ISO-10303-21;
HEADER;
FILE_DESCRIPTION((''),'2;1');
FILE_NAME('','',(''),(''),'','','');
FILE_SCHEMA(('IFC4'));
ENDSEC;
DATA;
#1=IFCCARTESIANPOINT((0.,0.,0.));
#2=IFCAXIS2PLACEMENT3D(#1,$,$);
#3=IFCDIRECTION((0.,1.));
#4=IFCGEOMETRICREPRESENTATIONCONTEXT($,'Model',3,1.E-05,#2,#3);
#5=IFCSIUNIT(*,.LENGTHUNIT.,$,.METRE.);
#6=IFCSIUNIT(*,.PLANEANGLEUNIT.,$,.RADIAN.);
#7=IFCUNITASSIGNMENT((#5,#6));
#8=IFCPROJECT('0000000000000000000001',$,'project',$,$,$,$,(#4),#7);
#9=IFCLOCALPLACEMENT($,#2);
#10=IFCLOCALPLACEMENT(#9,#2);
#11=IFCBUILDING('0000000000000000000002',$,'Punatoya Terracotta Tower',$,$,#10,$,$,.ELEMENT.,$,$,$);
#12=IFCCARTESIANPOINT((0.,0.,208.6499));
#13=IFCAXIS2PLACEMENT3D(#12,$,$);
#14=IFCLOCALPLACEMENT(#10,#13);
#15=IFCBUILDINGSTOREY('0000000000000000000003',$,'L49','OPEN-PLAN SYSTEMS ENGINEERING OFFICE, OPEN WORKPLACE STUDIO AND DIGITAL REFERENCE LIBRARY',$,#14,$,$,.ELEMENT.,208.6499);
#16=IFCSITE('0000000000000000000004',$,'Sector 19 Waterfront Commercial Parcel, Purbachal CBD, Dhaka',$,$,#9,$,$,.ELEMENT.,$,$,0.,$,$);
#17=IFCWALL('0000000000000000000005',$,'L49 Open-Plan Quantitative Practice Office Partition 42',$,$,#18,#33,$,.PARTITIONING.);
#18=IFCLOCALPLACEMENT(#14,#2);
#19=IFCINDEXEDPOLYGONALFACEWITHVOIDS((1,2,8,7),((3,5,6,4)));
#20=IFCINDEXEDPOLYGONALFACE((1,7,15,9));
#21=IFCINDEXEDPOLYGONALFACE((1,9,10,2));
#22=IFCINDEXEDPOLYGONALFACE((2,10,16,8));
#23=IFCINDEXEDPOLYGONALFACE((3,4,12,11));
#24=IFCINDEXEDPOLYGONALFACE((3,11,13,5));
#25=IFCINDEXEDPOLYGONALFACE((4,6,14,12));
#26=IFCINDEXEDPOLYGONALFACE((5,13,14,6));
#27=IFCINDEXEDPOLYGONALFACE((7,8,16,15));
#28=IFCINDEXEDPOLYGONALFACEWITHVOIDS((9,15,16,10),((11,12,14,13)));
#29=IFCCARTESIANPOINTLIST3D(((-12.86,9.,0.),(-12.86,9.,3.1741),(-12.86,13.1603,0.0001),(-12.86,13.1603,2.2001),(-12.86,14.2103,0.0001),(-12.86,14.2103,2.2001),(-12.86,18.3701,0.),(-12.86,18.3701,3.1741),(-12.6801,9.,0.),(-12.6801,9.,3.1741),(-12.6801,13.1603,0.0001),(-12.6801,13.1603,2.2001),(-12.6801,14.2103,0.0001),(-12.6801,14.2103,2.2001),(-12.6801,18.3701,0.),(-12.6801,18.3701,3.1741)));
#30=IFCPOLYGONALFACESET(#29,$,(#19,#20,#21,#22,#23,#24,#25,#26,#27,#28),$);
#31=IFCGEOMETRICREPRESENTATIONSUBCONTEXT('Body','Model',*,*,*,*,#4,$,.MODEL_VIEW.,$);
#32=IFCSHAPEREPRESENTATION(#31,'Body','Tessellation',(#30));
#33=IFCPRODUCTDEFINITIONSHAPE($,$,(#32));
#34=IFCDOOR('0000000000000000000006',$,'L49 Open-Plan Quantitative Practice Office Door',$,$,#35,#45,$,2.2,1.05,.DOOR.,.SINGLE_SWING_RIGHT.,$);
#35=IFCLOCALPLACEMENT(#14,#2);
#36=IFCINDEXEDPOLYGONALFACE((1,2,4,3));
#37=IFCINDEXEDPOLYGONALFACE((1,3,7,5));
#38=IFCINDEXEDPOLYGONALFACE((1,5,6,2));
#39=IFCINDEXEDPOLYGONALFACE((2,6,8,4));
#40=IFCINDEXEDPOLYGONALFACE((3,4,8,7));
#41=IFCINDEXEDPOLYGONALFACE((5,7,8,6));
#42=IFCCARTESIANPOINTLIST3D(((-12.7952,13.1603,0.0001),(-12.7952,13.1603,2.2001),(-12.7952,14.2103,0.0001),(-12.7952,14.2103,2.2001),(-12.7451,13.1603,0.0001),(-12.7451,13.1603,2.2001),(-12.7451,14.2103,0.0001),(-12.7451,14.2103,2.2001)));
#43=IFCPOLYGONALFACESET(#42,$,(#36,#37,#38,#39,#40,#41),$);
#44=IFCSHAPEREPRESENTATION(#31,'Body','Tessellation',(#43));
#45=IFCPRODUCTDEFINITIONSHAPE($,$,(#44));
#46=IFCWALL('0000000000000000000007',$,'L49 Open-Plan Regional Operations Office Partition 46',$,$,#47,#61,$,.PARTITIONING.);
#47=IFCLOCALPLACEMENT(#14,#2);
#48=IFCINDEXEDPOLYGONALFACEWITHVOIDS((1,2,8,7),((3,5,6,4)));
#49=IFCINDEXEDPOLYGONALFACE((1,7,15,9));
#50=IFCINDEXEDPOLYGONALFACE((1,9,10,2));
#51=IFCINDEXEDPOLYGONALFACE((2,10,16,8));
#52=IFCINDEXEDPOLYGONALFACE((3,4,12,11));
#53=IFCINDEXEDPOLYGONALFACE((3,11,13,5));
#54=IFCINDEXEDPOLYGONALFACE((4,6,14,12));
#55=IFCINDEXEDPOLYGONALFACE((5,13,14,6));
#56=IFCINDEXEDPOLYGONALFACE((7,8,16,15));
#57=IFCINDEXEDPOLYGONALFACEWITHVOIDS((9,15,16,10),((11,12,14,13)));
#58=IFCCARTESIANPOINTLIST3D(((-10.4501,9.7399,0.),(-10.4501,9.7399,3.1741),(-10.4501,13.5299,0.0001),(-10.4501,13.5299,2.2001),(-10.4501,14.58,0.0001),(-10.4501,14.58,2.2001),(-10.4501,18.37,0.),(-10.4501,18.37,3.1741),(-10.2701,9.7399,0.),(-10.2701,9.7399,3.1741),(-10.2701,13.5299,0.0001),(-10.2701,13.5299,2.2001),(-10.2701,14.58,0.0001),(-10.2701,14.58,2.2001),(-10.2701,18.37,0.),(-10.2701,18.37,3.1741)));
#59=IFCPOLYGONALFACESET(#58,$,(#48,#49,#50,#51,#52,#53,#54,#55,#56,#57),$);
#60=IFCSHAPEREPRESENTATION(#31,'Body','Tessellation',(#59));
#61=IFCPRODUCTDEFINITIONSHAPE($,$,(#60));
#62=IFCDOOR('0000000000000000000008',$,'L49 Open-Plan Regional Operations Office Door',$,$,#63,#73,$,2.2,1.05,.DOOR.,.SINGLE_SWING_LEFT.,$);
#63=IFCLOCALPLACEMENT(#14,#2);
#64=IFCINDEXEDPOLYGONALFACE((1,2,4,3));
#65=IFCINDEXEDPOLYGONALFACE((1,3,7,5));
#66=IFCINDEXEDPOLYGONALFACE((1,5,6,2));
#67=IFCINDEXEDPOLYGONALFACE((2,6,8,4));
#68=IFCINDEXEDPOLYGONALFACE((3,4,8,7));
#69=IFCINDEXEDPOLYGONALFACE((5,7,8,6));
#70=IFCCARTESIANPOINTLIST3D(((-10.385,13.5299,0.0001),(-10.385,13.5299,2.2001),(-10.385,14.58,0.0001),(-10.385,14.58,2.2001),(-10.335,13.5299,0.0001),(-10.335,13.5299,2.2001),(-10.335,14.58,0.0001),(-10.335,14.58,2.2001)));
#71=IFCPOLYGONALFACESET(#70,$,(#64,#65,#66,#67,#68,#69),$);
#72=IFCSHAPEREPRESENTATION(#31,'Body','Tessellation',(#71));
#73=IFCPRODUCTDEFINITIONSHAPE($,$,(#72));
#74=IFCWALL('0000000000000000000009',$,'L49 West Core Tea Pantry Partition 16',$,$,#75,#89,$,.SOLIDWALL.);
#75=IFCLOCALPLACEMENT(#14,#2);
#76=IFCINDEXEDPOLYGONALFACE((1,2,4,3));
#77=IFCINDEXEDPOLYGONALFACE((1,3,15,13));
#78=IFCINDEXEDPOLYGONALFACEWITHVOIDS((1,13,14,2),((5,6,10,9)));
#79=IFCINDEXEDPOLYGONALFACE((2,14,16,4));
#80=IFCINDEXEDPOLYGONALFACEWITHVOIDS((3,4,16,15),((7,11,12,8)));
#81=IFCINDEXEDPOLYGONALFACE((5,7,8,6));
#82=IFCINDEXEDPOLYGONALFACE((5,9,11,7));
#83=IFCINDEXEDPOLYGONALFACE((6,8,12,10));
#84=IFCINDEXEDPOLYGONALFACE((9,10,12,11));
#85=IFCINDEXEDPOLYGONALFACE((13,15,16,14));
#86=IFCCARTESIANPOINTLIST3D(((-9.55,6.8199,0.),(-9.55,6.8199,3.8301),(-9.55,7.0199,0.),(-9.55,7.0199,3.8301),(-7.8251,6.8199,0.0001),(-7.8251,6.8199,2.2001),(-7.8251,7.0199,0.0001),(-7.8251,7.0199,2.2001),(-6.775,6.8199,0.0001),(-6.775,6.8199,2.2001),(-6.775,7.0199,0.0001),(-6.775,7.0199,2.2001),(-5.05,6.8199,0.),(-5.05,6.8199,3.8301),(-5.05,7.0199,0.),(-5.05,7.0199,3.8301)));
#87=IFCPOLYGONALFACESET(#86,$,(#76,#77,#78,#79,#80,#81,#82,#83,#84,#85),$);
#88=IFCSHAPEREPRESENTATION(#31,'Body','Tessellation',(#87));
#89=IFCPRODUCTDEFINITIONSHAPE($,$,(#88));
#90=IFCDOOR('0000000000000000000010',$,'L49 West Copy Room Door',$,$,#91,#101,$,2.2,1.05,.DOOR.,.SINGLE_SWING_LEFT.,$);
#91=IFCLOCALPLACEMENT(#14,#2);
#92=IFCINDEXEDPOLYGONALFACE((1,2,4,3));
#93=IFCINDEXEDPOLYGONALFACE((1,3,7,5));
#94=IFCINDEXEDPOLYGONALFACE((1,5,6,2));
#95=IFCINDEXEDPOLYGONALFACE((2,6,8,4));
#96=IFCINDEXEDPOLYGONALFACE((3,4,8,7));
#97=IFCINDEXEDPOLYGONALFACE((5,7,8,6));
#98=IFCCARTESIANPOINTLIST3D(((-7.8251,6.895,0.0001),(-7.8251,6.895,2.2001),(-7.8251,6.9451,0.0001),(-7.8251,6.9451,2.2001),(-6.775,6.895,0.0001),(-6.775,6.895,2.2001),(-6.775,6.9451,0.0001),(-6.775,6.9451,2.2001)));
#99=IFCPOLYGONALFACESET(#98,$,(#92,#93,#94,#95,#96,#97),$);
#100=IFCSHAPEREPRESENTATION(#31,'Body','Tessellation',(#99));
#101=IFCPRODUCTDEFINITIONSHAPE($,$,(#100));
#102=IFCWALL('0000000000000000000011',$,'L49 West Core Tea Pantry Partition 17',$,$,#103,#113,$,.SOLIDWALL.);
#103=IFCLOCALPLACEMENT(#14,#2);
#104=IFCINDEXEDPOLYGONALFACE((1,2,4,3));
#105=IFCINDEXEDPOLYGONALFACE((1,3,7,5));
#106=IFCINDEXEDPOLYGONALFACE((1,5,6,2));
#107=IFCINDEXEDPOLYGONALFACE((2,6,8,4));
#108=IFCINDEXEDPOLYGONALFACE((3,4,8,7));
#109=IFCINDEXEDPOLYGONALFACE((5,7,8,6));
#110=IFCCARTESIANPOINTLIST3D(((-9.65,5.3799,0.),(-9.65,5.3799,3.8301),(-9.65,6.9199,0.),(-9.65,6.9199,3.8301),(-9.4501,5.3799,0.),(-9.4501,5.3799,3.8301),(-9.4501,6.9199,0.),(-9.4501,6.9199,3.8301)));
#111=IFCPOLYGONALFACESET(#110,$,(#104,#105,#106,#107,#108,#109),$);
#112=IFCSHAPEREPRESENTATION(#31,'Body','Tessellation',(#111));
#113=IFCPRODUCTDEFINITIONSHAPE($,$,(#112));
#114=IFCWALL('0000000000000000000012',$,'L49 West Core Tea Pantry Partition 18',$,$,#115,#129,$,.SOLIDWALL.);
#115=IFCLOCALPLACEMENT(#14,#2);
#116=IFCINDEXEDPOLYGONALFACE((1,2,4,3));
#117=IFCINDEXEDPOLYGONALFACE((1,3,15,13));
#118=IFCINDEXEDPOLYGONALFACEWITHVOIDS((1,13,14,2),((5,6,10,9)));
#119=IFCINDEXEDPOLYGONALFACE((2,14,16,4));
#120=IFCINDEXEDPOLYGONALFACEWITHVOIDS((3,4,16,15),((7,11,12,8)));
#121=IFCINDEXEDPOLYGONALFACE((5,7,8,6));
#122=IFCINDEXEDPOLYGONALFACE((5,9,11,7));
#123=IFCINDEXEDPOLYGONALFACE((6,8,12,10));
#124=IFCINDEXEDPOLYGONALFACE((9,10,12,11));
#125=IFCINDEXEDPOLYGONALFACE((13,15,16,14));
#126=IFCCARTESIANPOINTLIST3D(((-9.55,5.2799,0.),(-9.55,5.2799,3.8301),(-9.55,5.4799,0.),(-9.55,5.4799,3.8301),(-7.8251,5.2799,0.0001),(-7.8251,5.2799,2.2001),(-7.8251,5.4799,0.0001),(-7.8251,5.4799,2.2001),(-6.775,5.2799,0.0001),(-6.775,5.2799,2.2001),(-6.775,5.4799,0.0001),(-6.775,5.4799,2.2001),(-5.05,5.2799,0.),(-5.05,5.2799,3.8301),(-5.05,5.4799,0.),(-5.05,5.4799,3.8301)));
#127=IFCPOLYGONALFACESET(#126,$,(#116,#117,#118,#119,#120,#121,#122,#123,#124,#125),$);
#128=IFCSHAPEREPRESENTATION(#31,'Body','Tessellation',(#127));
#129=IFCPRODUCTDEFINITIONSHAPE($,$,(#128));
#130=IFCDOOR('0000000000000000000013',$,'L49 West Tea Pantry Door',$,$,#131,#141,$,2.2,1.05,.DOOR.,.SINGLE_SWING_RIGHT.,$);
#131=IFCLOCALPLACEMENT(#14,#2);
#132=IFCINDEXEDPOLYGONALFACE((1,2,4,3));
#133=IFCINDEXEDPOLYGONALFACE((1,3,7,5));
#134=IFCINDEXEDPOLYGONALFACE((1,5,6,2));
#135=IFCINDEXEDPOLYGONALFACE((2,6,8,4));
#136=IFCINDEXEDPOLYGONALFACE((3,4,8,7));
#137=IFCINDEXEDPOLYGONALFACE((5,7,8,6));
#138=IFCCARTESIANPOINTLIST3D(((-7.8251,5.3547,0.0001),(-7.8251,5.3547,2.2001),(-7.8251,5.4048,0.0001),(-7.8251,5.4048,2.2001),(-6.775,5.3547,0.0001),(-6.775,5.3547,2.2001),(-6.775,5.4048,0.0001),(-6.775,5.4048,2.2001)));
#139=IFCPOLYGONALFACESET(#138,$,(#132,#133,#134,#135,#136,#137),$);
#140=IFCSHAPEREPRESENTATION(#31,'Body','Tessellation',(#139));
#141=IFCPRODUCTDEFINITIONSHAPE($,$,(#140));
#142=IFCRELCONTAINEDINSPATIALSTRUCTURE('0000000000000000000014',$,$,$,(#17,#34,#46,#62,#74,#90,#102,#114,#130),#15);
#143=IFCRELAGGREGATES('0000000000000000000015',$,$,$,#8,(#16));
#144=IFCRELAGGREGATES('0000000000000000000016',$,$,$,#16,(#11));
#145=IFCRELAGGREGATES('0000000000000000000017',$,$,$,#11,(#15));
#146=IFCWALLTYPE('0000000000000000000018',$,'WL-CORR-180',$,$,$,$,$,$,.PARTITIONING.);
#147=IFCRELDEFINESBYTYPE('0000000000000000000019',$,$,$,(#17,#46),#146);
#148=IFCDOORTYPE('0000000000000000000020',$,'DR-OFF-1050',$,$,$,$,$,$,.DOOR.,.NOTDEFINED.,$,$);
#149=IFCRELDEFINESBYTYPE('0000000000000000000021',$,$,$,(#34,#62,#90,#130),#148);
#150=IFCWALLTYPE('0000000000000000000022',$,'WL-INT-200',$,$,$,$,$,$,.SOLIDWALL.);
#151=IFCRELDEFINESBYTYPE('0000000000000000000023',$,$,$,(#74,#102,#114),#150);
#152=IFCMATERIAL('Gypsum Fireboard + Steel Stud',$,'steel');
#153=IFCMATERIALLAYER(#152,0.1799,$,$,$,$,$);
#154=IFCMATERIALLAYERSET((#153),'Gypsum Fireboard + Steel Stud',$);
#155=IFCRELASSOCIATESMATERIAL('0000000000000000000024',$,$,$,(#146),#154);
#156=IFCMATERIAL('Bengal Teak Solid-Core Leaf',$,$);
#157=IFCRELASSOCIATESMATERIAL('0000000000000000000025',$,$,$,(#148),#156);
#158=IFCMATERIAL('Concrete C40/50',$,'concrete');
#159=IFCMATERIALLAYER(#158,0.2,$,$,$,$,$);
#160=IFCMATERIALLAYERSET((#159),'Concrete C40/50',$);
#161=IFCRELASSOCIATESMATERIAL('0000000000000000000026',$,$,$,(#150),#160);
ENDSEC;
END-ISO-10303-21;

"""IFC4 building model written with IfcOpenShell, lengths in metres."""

from ifc_helpers import new_model, si_unit, direction, frame, frame_2d, origin, place, context, subcontext, project, spatial, rectangle, extrude, material, layer, layer_set, type_object, element, fill, save


model = new_model("IFC4")

# Units and contexts
model_context = context("Model", 3, precision=1e-05, world=origin(), true_north=direction((0.0, 1.0)))
body_context = subcontext(model_context, "Body", "Model", "MODEL_VIEW")
ifc_project = project(units=[si_unit("LENGTHUNIT", "METRE"), si_unit("PLANEANGLEUNIT", "RADIAN")], contexts=[model_context])

# Site, building, storey
site_placement = place(None, origin())
site = spatial("IfcSite", under=ifc_project, at=site_placement, Name="Sector 19 Waterfront Commercial Parcel, Purbachal CBD, Dhaka", CompositionType="ELEMENT", RefElevation=0.0)
building_placement = place(site_placement, origin())
building = spatial("IfcBuilding", under=site, at=building_placement, Name="Punatoya Terracotta Tower", CompositionType="ELEMENT")
storey_placement = place(building_placement, frame((0.0, 0.0, 208.6499)))
storey = spatial("IfcBuildingStorey", under=building, at=storey_placement, Name="L49", Description="OPEN-PLAN SYSTEMS ENGINEERING OFFICE, OPEN WORKPLACE STUDIO AND DIGITAL REFERENCE LIBRARY", CompositionType="ELEMENT", Elevation=208.6499)

# Shared definitions
ifc_material_1 = material(Name="Gypsum Fireboard + Steel Stud", Category="steel")
ifc_layer_1 = layer(ifc_material_1, 0.1799)
ifc_layer_set_1 = layer_set([ifc_layer_1], Name="Gypsum Fireboard + Steel Stud")
wall_type_1 = type_object("IfcWallType", Name="WL-CORR-180", PredefinedType="PARTITIONING", material=ifc_layer_set_1)

# Walls, openings, doors
wall_1_placement = place(storey_placement, frame((-12.77, 18.3701, 0.0), z_axis=(0.0, 0.0, 1.0), x_axis=(0.0, -1.0, 0.0)))
wall_1 = element("IfcWall", 1, at=wall_1_placement, inside=storey, type_object=wall_type_1, Name="L49 Open-Plan Quantitative Practice Office Partition 42", PredefinedType="PARTITIONING", context=body_context, shape_type="SweptSolid", body=[
    extrude(rectangle(XDim=9.3701, YDim=0.1799, at=frame_2d((4.6851, 0.0))), origin(), (0.0, 0.0, 1.0), 3.1741),
])
opening_1_placement = place(wall_1_placement, frame((4.1599, 0.0, 0.0)))
opening_1 = element("IfcOpeningElement", 2, at=opening_1_placement, cuts=wall_1, PredefinedType="OPENING", context=body_context, shape_type="SweptSolid", body=[
    extrude(rectangle(XDim=1.05, YDim=2.2, at=frame_2d((0.5249, 1.1001))), frame((0.0, 0.0999, 0.0), z_axis=(0.0, -1.0, 0.0), x_axis=(1.0, 0.0, 0.0)), (0.0, 0.0, 1.0), 0.2),
])
ifc_material_2 = material(Name="Bengal Teak Solid-Core Leaf")
door_type = type_object("IfcDoorType", Name="DR-OFF-1050", OperationType="NOTDEFINED", PredefinedType="DOOR", material=ifc_material_2)
door_1_placement = place(opening_1_placement, origin())
door_1 = element("IfcDoor", 3, at=door_1_placement, inside=storey, type_object=door_type, Name="L49 Open-Plan Quantitative Practice Office Door", OperationType="SINGLE_SWING_RIGHT", OverallHeight=2.2, OverallWidth=1.05, PredefinedType="DOOR", context=body_context, shape_type="SweptSolid", body=[
    extrude(rectangle(XDim=1.05, YDim=2.2, at=frame_2d((0.5249, 1.1001))), frame((0.0, 0.0249, 0.0), z_axis=(0.0, -1.0, 0.0), x_axis=(1.0, 0.0, 0.0)), (0.0, 0.0, 1.0), 0.05),
])
fill(opening_1, door_1)
wall_2_placement = place(storey_placement, frame((-10.3601, 9.74, 0.0), z_axis=(0.0, 0.0, 1.0), x_axis=(0.0, 1.0, 0.0)))
wall_2 = element("IfcWall", 4, at=wall_2_placement, inside=storey, type_object=wall_type_1, Name="L49 Open-Plan Regional Operations Office Partition 46", PredefinedType="PARTITIONING", context=body_context, shape_type="SweptSolid", body=[
    extrude(rectangle(XDim=8.6301, YDim=0.1799, at=frame_2d((4.3149, 0.0))), origin(), (0.0, 0.0, 1.0), 3.1741),
])
opening_2_placement = place(wall_2_placement, frame((3.79, 0.0, 0.0)))
opening_2 = element("IfcOpeningElement", 5, at=opening_2_placement, cuts=wall_2, PredefinedType="OPENING", context=body_context, shape_type="SweptSolid", body=[
    extrude(rectangle(XDim=1.05, YDim=2.2, at=frame_2d((0.5249, 1.1001))), frame((0.0, 0.0999, 0.0), z_axis=(0.0, -1.0, 0.0), x_axis=(1.0, 0.0, 0.0)), (0.0, 0.0, 1.0), 0.2),
])
door_2_placement = place(opening_2_placement, origin())
door_2 = element("IfcDoor", 6, at=door_2_placement, inside=storey, type_object=door_type, Name="L49 Open-Plan Regional Operations Office Door", OperationType="SINGLE_SWING_LEFT", OverallHeight=2.2, OverallWidth=1.05, PredefinedType="DOOR", context=body_context, shape_type="SweptSolid", body=[
    extrude(rectangle(XDim=1.05, YDim=2.2, at=frame_2d((0.5249, 1.1001))), frame((0.0, 0.0249, 0.0), z_axis=(0.0, -1.0, 0.0), x_axis=(1.0, 0.0, 0.0)), (0.0, 0.0, 1.0), 0.05),
])
fill(opening_2, door_2)
ifc_material_3 = material(Name="Concrete C40/50", Category="concrete")
ifc_layer_2 = layer(ifc_material_3, 0.2)
ifc_layer_set_2 = layer_set([ifc_layer_2], Name="Concrete C40/50")
wall_type_2 = type_object("IfcWallType", Name="WL-INT-200", PredefinedType="SOLIDWALL", material=ifc_layer_set_2)
wall_3_placement = place(storey_placement, frame((-5.05, 6.9199, 0.0), z_axis=(0.0, 0.0, 1.0), x_axis=(-1.0, 0.0, 0.0)))
wall_3 = element("IfcWall", 7, at=wall_3_placement, inside=storey, type_object=wall_type_2, Name="L49 West Core Tea Pantry Partition 16", PredefinedType="SOLIDWALL", context=body_context, shape_type="SweptSolid", body=[
    extrude(rectangle(XDim=4.5, YDim=0.2, at=frame_2d((2.25, 0.0))), origin(), (0.0, 0.0, 1.0), 3.8301),
])
opening_3_placement = place(wall_3_placement, frame((1.7251, 0.0, 0.0)))
opening_3 = element("IfcOpeningElement", 8, at=opening_3_placement, cuts=wall_3, PredefinedType="OPENING", context=body_context, shape_type="SweptSolid", body=[
    extrude(rectangle(XDim=1.05, YDim=2.2, at=frame_2d((0.5249, 1.1001))), frame((0.0, 0.1099, 0.0), z_axis=(0.0, -1.0, 0.0), x_axis=(1.0, 0.0, 0.0)), (0.0, 0.0, 1.0), 0.22),
])
door_3_placement = place(opening_3_placement, origin())
door_3 = element("IfcDoor", 9, at=door_3_placement, inside=storey, type_object=door_type, Name="L49 West Copy Room Door", OperationType="SINGLE_SWING_LEFT", OverallHeight=2.2, OverallWidth=1.05, PredefinedType="DOOR", context=body_context, shape_type="SweptSolid", body=[
    extrude(rectangle(XDim=1.05, YDim=2.2, at=frame_2d((0.5249, 1.1001))), frame((0.0, 0.0249, 0.0), z_axis=(0.0, -1.0, 0.0), x_axis=(1.0, 0.0, 0.0)), (0.0, 0.0, 1.0), 0.05),
])
fill(opening_3, door_3)

# Wall
wall_4_placement = place(storey_placement, frame((-9.55, 6.9199, 0.0), z_axis=(0.0, 0.0, 1.0), x_axis=(0.0, -1.0, 0.0)))
element("IfcWall", 10, at=wall_4_placement, inside=storey, type_object=wall_type_2, Name="L49 West Core Tea Pantry Partition 17", PredefinedType="SOLIDWALL", context=body_context, shape_type="SweptSolid", body=[
    extrude(rectangle(XDim=1.54, YDim=0.2, at=frame_2d((0.77, 0.0))), origin(), (0.0, 0.0, 1.0), 3.8301),
])

# Wall, opening, door
wall_5_placement = place(storey_placement, frame((-9.55, 5.3799, 0.0), z_axis=(0.0, 0.0, 1.0), x_axis=(1.0, 0.0, 0.0)))
wall_5 = element("IfcWall", 11, at=wall_5_placement, inside=storey, type_object=wall_type_2, Name="L49 West Core Tea Pantry Partition 18", PredefinedType="SOLIDWALL", context=body_context, shape_type="SweptSolid", body=[
    extrude(rectangle(XDim=4.5, YDim=0.2, at=frame_2d((2.25, 0.0))), origin(), (0.0, 0.0, 1.0), 3.8301),
])
opening_4_placement = place(wall_5_placement, frame((1.7251, 0.0, 0.0)))
opening_4 = element("IfcOpeningElement", 12, at=opening_4_placement, cuts=wall_5, PredefinedType="OPENING", context=body_context, shape_type="SweptSolid", body=[
    extrude(rectangle(XDim=1.05, YDim=2.2, at=frame_2d((0.5249, 1.1001))), frame((0.0, 0.1099, 0.0), z_axis=(0.0, -1.0, 0.0), x_axis=(1.0, 0.0, 0.0)), (0.0, 0.0, 1.0), 0.22),
])
door_4_placement = place(opening_4_placement, origin())
door_4 = element("IfcDoor", 13, at=door_4_placement, inside=storey, type_object=door_type, Name="L49 West Tea Pantry Door", OperationType="SINGLE_SWING_RIGHT", OverallHeight=2.2, OverallWidth=1.05, PredefinedType="DOOR", context=body_context, shape_type="SweptSolid", body=[
    extrude(rectangle(XDim=1.05, YDim=2.2, at=frame_2d((0.5249, 1.1001))), frame((0.0, 0.0249, 0.0), z_axis=(0.0, -1.0, 0.0), x_axis=(1.0, 0.0, 0.0)), (0.0, 0.0, 1.0), 0.05),
])
fill(opening_4, door_4)

save(model, "model.ifc")
